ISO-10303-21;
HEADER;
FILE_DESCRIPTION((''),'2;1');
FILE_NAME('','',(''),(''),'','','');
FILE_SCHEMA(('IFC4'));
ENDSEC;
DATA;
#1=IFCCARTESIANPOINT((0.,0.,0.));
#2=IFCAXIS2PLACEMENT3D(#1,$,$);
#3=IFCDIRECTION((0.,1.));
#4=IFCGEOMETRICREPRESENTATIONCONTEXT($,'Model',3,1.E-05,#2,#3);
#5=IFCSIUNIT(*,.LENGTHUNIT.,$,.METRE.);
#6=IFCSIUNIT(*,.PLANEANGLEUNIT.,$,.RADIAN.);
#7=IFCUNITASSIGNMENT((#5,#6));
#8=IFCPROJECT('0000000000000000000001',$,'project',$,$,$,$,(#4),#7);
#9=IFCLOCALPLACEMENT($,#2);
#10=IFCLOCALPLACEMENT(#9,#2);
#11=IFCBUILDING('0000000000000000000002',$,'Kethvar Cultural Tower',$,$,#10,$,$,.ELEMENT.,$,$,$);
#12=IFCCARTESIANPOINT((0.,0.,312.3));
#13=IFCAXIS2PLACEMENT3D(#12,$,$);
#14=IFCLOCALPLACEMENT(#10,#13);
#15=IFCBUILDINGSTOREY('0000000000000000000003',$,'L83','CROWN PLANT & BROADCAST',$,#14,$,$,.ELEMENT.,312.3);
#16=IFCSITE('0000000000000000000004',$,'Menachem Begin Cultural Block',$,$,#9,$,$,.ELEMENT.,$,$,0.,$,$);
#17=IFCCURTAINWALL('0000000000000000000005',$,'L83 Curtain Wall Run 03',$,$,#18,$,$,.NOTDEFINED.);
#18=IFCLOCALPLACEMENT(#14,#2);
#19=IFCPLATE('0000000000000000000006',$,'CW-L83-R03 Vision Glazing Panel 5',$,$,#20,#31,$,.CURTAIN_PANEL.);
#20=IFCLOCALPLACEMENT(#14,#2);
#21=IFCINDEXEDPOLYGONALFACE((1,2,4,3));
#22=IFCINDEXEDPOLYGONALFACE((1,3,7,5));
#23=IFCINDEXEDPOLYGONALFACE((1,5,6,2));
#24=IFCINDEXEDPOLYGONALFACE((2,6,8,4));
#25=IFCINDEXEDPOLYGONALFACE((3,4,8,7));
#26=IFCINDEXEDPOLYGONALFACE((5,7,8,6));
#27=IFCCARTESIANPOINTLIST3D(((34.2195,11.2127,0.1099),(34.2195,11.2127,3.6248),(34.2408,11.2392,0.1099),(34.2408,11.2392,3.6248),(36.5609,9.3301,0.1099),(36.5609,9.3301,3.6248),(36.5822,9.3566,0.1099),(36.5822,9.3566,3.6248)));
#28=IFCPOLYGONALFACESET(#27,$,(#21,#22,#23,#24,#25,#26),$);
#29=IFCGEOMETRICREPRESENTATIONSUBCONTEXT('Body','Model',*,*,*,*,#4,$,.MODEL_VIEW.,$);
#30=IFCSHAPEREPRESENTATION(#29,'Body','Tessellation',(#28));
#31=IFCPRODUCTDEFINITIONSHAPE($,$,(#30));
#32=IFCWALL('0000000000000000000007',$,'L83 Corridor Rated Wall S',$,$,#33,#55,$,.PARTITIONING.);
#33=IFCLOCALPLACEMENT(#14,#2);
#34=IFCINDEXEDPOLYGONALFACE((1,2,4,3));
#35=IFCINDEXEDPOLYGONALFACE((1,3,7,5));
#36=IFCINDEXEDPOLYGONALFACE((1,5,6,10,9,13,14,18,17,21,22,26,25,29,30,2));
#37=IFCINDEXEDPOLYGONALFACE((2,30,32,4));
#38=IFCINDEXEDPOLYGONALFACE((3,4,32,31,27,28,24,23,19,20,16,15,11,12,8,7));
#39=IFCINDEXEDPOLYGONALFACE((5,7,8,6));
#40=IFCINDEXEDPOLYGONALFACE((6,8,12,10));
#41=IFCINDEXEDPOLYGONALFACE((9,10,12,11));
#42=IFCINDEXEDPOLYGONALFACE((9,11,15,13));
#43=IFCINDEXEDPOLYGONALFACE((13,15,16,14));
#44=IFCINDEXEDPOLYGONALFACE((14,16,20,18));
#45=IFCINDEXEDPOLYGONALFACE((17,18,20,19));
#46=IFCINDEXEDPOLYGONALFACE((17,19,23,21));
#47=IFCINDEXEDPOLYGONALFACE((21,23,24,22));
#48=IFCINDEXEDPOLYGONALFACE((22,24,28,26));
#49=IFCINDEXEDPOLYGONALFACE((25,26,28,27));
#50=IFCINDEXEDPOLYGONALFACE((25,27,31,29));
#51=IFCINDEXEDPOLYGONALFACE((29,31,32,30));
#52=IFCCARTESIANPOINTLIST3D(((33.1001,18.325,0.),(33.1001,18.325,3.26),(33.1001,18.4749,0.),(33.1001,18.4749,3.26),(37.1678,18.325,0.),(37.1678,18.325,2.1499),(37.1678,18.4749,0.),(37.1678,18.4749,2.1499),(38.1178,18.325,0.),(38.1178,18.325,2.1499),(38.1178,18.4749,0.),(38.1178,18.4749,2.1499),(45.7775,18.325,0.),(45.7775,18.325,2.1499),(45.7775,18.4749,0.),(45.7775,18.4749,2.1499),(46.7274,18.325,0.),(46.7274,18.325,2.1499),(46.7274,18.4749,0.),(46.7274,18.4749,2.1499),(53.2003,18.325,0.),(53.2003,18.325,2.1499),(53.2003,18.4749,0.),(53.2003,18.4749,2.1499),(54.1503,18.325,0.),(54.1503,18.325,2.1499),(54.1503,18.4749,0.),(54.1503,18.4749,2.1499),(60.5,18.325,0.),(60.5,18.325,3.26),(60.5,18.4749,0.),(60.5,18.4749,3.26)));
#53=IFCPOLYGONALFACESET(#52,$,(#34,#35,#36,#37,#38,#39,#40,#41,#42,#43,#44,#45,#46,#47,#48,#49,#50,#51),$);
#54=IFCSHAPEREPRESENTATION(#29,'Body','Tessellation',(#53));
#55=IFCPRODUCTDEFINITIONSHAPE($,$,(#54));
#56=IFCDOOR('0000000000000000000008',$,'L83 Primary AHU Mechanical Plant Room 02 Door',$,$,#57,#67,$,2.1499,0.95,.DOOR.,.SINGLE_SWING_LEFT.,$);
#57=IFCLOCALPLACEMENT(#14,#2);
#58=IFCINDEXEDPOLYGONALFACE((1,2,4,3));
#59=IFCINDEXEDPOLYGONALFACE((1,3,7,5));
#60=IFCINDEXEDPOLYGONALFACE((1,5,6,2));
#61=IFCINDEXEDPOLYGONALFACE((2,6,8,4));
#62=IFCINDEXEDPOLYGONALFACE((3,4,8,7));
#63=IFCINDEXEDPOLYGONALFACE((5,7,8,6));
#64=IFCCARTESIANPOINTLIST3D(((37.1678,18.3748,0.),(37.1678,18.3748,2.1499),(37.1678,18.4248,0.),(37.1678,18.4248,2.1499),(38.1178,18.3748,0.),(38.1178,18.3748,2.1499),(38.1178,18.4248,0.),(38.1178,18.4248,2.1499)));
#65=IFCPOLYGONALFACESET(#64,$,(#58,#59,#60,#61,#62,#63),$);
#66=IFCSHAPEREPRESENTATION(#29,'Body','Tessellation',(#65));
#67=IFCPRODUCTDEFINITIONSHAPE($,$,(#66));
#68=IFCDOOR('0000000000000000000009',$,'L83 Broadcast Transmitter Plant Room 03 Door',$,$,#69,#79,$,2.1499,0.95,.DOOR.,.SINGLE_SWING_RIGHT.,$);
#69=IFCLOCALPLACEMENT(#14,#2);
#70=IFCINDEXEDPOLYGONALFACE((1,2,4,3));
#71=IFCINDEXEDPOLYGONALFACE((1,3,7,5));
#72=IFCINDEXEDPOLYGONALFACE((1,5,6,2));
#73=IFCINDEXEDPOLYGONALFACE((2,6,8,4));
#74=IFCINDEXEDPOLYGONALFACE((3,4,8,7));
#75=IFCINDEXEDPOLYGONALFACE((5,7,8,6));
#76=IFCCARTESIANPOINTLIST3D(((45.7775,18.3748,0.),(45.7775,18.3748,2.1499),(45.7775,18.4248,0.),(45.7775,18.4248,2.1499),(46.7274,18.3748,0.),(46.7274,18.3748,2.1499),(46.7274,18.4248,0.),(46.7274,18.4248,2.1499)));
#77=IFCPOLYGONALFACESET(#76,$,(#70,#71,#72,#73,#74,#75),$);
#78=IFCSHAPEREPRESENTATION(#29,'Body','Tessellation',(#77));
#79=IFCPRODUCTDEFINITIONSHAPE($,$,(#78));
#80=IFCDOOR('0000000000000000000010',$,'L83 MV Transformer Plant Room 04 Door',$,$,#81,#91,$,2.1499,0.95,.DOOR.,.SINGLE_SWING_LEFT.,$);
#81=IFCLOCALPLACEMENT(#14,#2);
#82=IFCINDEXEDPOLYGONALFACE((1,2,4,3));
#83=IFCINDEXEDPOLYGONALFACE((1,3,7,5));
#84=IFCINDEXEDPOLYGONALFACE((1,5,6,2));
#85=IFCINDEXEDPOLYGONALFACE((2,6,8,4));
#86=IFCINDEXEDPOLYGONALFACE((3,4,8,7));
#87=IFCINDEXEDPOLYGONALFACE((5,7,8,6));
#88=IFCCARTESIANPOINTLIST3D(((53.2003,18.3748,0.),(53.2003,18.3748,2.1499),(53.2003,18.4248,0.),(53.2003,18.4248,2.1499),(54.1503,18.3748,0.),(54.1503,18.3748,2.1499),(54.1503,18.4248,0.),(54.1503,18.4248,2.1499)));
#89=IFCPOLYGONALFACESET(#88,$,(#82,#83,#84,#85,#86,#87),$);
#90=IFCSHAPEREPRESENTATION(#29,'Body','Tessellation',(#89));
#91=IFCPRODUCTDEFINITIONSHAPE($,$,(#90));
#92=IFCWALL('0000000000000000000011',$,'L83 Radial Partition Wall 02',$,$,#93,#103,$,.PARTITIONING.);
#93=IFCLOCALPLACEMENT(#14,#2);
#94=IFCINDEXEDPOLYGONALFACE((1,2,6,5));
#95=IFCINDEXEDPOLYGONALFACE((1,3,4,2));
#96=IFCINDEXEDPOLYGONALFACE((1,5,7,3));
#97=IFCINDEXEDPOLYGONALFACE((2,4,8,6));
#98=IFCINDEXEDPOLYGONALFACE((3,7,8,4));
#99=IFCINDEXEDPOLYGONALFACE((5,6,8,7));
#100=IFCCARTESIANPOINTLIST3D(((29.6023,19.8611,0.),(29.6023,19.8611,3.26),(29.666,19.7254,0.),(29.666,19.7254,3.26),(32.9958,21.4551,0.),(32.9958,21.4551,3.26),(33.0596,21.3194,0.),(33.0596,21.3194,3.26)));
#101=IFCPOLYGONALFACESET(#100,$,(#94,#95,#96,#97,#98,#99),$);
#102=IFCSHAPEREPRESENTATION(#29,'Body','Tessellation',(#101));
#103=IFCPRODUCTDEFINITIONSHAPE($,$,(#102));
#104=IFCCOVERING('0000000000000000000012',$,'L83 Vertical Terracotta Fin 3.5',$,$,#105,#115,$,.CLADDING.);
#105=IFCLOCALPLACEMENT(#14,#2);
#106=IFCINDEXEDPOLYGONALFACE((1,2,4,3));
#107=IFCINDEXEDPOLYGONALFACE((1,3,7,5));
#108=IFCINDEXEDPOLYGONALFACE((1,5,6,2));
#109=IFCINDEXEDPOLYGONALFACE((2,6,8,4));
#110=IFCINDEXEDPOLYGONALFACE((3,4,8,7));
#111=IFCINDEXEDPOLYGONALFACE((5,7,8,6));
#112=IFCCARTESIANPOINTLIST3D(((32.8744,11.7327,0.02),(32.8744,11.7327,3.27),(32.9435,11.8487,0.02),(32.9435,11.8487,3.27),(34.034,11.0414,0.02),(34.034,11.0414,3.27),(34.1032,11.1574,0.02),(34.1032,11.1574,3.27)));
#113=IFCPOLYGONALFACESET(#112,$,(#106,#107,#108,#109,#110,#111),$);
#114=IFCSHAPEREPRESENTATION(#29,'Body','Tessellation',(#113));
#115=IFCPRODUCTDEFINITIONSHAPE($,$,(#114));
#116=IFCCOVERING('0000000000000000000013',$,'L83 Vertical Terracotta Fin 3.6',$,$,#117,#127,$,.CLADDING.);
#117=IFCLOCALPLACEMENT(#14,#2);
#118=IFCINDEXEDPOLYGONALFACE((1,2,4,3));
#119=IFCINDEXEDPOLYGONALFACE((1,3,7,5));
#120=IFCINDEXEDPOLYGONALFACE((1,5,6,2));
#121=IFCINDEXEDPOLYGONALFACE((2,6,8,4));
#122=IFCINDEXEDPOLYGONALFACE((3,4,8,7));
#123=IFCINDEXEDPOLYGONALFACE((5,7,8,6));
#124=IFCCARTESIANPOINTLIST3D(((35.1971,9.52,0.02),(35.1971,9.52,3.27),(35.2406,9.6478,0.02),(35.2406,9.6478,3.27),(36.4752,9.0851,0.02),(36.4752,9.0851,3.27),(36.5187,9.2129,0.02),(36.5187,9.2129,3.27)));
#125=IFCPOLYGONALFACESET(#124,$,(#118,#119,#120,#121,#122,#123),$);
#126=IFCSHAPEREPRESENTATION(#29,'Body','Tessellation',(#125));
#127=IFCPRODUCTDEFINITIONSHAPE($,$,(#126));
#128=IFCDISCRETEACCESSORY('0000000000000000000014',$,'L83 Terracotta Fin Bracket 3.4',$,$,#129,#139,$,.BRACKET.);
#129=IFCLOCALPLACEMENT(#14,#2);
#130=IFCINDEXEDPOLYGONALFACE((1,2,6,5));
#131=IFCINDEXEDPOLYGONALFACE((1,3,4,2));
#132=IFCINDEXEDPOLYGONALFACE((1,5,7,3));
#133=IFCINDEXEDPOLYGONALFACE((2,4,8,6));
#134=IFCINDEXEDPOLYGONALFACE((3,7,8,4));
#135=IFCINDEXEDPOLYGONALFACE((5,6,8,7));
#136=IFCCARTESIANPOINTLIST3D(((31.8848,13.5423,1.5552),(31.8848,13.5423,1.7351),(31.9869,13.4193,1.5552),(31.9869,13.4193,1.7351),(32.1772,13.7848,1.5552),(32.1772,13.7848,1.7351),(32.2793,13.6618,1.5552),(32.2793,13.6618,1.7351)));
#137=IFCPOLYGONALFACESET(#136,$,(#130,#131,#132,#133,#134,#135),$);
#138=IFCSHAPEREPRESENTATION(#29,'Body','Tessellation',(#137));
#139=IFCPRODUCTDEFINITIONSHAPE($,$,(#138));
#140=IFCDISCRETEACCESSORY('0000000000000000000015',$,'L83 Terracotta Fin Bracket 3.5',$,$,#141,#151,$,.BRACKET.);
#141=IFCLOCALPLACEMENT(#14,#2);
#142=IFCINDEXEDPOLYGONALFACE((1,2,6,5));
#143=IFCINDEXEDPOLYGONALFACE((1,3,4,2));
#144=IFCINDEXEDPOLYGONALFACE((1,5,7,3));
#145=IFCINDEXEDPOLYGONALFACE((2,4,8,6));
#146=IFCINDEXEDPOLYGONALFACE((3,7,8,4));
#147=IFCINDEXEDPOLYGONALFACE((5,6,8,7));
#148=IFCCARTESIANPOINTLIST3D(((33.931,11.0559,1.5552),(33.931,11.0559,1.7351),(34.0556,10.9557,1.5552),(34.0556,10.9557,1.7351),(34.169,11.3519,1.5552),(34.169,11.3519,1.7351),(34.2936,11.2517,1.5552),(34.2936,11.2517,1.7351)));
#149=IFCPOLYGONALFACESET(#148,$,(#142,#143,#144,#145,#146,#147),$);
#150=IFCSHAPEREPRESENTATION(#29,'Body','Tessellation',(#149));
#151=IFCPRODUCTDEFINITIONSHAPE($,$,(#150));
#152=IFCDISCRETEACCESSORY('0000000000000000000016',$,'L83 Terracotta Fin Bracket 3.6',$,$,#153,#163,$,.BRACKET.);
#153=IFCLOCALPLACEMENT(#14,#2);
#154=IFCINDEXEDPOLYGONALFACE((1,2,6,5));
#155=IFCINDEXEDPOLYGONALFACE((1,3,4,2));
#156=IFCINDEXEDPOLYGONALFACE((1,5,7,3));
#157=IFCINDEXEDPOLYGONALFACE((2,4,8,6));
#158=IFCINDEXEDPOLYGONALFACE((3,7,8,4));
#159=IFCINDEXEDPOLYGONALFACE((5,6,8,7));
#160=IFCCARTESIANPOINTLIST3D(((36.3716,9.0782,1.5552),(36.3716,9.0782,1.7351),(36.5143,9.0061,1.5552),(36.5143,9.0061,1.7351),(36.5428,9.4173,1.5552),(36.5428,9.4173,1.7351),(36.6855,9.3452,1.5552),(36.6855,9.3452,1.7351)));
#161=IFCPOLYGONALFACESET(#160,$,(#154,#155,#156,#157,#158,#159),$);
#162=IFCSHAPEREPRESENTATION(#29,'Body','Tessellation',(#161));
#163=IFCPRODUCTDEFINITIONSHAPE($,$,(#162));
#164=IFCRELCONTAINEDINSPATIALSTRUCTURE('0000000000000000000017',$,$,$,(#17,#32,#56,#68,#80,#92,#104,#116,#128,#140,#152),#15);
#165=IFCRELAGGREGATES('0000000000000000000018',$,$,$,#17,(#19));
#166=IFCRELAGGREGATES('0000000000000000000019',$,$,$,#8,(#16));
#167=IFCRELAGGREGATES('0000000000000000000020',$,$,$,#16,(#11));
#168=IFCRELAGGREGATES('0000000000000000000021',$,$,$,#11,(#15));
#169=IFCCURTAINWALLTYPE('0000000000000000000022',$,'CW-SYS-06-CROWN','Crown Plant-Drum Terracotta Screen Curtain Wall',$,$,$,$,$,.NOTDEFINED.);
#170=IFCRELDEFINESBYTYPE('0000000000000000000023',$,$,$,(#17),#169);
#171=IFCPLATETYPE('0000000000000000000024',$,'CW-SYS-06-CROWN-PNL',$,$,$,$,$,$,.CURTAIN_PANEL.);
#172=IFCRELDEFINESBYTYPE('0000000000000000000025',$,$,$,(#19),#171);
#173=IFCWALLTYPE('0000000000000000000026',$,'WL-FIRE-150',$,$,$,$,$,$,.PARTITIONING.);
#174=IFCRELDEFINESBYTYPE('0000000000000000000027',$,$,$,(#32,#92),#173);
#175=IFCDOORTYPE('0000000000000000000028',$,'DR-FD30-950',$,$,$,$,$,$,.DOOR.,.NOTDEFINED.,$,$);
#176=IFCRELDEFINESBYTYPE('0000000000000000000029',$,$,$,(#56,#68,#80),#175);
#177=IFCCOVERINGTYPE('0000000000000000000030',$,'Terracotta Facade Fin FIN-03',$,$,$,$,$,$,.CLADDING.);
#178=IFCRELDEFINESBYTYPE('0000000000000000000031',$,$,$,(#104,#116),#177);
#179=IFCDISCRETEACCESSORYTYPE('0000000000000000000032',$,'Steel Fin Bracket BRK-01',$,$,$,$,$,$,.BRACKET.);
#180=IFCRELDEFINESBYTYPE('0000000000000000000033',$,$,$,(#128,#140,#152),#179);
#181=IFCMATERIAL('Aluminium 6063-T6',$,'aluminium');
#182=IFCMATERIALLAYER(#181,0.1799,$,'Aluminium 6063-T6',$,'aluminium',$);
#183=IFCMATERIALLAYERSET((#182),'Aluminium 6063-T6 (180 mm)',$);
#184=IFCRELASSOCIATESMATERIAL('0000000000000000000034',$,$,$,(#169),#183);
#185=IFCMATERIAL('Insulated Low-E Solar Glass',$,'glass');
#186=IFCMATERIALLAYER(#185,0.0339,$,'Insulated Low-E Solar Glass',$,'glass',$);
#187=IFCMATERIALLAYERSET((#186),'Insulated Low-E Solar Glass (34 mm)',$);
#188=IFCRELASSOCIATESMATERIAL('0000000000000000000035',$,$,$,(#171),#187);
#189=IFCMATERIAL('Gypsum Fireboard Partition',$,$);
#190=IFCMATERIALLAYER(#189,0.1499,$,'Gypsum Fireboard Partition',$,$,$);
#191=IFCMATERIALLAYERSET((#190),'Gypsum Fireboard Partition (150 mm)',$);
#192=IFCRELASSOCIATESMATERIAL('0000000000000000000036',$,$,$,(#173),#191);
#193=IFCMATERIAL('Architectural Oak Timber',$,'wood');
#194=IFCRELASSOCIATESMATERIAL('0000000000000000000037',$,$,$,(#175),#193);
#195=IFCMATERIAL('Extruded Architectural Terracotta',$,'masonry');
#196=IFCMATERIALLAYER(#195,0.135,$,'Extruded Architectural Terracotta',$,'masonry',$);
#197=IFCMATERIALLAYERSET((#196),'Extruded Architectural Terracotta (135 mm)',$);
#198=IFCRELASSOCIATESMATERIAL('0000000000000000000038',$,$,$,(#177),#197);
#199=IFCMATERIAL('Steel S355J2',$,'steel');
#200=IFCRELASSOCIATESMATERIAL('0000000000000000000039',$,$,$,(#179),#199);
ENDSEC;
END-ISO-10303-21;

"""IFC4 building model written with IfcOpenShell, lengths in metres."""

from ifc_helpers import new_model, si_unit, direction, frame, frame_2d, origin, origin_2d, place, context, subcontext, project, spatial, rectangle, extrude, source, transform, mapped, material, layer, layer_set, type_object, element, fill, aggregate, save


model = new_model("IFC4")

# Units and contexts
model_context = context("Model", 3, precision=1e-05, world=origin(), true_north=direction((0.0, 1.0)))
body_context = subcontext(model_context, "Body", "Model", "MODEL_VIEW")
ifc_project = project(units=[si_unit("LENGTHUNIT", "METRE"), si_unit("PLANEANGLEUNIT", "RADIAN")], contexts=[model_context])

# Site, building, storey
site_placement = place(None, origin())
site = spatial("IfcSite", under=ifc_project, at=site_placement, Name="Menachem Begin Cultural Block", CompositionType="ELEMENT", RefElevation=0.0)
building_placement = place(site_placement, origin())
building = spatial("IfcBuilding", under=site, at=building_placement, Name="Kethvar Cultural Tower", CompositionType="ELEMENT")
storey_placement = place(building_placement, frame((0.0, 0.0, 312.3)))
storey = spatial("IfcBuildingStorey", under=building, at=storey_placement, Name="L83", Description="CROWN PLANT & BROADCAST", CompositionType="ELEMENT", Elevation=312.3)

# Shared definitions
ifc_material_1 = material(Name="Steel S355J2", Category="steel")

# Curtain wall, plate
ifc_material_2 = material(Name="Aluminium 6063-T6", Category="aluminium")
ifc_layer_1 = layer(ifc_material_2, 0.1799, Name="Aluminium 6063-T6", Category="aluminium")
ifc_layer_set_1 = layer_set([ifc_layer_1], Name="Aluminium 6063-T6 (180 mm)")
curtain_wall_type = type_object("IfcCurtainWallType", Name="CW-SYS-06-CROWN", Description="Crown Plant-Drum Terracotta Screen Curtain Wall", PredefinedType="NOTDEFINED", material=ifc_layer_set_1)
curtain_wall_placement = place(storey_placement, origin())
curtain_wall = element("IfcCurtainWall", 1, at=curtain_wall_placement, inside=storey, type_object=curtain_wall_type, Name="L83 Curtain Wall Run 03", PredefinedType="NOTDEFINED")
ifc_material_3 = material(Name="Insulated Low-E Solar Glass", Category="glass")
ifc_layer_2 = layer(ifc_material_3, 0.0339, Name="Insulated Low-E Solar Glass", Category="glass")
ifc_layer_set_2 = layer_set([ifc_layer_2], Name="Insulated Low-E Solar Glass (34 mm)")
plate_type = type_object("IfcPlateType", Name="CW-SYS-06-CROWN-PNL", PredefinedType="CURTAIN_PANEL", material=ifc_layer_set_2)
shared_shape_1 = source(origin(), body_context, "Body", "SweptSolid", [
    extrude(rectangle(XDim=3.0044, YDim=0.0339, at=origin_2d()), origin(), (0.0, 0.0, 1.0), 3.5149),
])
plate_1_placement = place(storey_placement, frame((35.4009, 10.2847, 0.1099), z_axis=(0.0, 0.0, 1.0), x_axis=(0.779327, -0.626617, 0.0)))
plate_1 = element("IfcPlate", 2, at=plate_1_placement, type_object=plate_type, Name="CW-L83-R03 Vision Glazing Panel 5", PredefinedType="CURTAIN_PANEL", context=body_context, shape_type="MappedRepresentation", body=[
    mapped(shared_shape_1, transform((0.0, 0.0, 0.0), scale=1.0)),
])
aggregate(curtain_wall, [plate_1])

# Wall, openings, doors
ifc_material_4 = material(Name="Gypsum Fireboard Partition")
ifc_layer_3 = layer(ifc_material_4, 0.1499, Name="Gypsum Fireboard Partition")
ifc_layer_set_3 = layer_set([ifc_layer_3], Name="Gypsum Fireboard Partition (150 mm)")
wall_type = type_object("IfcWallType", Name="WL-FIRE-150", PredefinedType="PARTITIONING", material=ifc_layer_set_3)
wall_1_placement = place(storey_placement, frame((33.1001, 18.3999, 0.0), z_axis=(0.0, 0.0, 1.0), x_axis=(1.0, 0.0, 0.0)))
wall_1 = element("IfcWall", 3, at=wall_1_placement, inside=storey, type_object=wall_type, Name="L83 Corridor Rated Wall S", PredefinedType="PARTITIONING", context=body_context, shape_type="SweptSolid", body=[
    extrude(rectangle(XDim=27.3999, YDim=0.1499, at=frame_2d((13.7, 0.0))), origin(), (0.0, 0.0, 1.0), 3.26),
])
opening_1_placement = place(wall_1_placement, frame((4.0676, 0.0, 0.0)))
opening_1 = element("IfcOpeningElement", 4, at=opening_1_placement, cuts=wall_1, PredefinedType="OPENING", context=body_context, shape_type="SweptSolid", body=[
    extrude(rectangle(XDim=0.95, YDim=2.1499, at=frame_2d((0.4751, 1.075))), frame((0.0, 0.085, 0.0), z_axis=(0.0, -1.0, 0.0), x_axis=(1.0, 0.0, 0.0)), (0.0, 0.0, 1.0), 0.1699),
])
opening_2_placement = place(wall_1_placement, frame((12.6772, 0.0, 0.0)))
opening_2 = element("IfcOpeningElement", 5, at=opening_2_placement, cuts=wall_1, PredefinedType="OPENING", context=body_context, shape_type="SweptSolid", body=[
    extrude(rectangle(XDim=0.95, YDim=2.1499, at=frame_2d((0.4751, 1.075))), frame((0.0, 0.085, 0.0), z_axis=(0.0, -1.0, 0.0), x_axis=(1.0, 0.0, 0.0)), (0.0, 0.0, 1.0), 0.1699),
])
opening_3_placement = place(wall_1_placement, frame((20.1001, 0.0, 0.0)))
opening_3 = element("IfcOpeningElement", 6, at=opening_3_placement, cuts=wall_1, PredefinedType="OPENING", context=body_context, shape_type="SweptSolid", body=[
    extrude(rectangle(XDim=0.95, YDim=2.1499, at=frame_2d((0.4751, 1.075))), frame((0.0, 0.085, 0.0), z_axis=(0.0, -1.0, 0.0), x_axis=(1.0, 0.0, 0.0)), (0.0, 0.0, 1.0), 0.1699),
])
ifc_material_5 = material(Name="Architectural Oak Timber", Category="wood")
door_type = type_object("IfcDoorType", Name="DR-FD30-950", OperationType="NOTDEFINED", PredefinedType="DOOR", material=ifc_material_5)
shared_shape_2 = source(origin(), body_context, "Body", "SweptSolid", [
    extrude(rectangle(XDim=0.95, YDim=2.1499, at=frame_2d((0.4751, 1.075))), frame((0.0, 0.0249, 0.0), z_axis=(0.0, -1.0, 0.0), x_axis=(1.0, 0.0, 0.0)), (0.0, 0.0, 1.0), 0.05),
])
door_1_placement = place(opening_1_placement, origin())
door_1 = element("IfcDoor", 7, at=door_1_placement, inside=storey, type_object=door_type, Name="L83 Primary AHU Mechanical Plant Room 02 Door", OperationType="SINGLE_SWING_LEFT", OverallHeight=2.1499, OverallWidth=0.95, PredefinedType="DOOR", context=body_context, shape_type="MappedRepresentation", body=[
    mapped(shared_shape_2, transform((0.0, 0.0, 0.0), scale=1.0)),
])
fill(opening_1, door_1)
door_2_placement = place(opening_2_placement, origin())
door_2 = element("IfcDoor", 8, at=door_2_placement, inside=storey, type_object=door_type, Name="L83 Broadcast Transmitter Plant Room 03 Door", OperationType="SINGLE_SWING_RIGHT", OverallHeight=2.1499, OverallWidth=0.95, PredefinedType="DOOR", context=body_context, shape_type="MappedRepresentation", body=[
    mapped(shared_shape_2, transform((0.0, 0.0, 0.0), scale=1.0)),
])
fill(opening_2, door_2)
door_3_placement = place(opening_3_placement, origin())
door_3 = element("IfcDoor", 9, at=door_3_placement, inside=storey, type_object=door_type, Name="L83 MV Transformer Plant Room 04 Door", OperationType="SINGLE_SWING_LEFT", OverallHeight=2.1499, OverallWidth=0.95, PredefinedType="DOOR", context=body_context, shape_type="MappedRepresentation", body=[
    mapped(shared_shape_2, transform((0.0, 0.0, 0.0), scale=1.0)),
])
fill(opening_3, door_3)

# Wall
wall_2_placement = place(storey_placement, frame((33.0276, 21.3872, 0.0), z_axis=(0.0, 0.0, 1.0), x_axis=(-0.905124, -0.425148, 0.0)))
element("IfcWall", 10, at=wall_2_placement, inside=storey, type_object=wall_type, Name="L83 Radial Partition Wall 02", PredefinedType="PARTITIONING", context=body_context, shape_type="SweptSolid", body=[
    extrude(rectangle(XDim=3.7493, YDim=0.1499, at=frame_2d((1.8745, 0.0))), origin(), (0.0, 0.0, 1.0), 3.26),
])

# Coverings
ifc_material_6 = material(Name="Extruded Architectural Terracotta", Category="masonry")
ifc_layer_4 = layer(ifc_material_6, 0.135, Name="Extruded Architectural Terracotta", Category="masonry")
ifc_layer_set_4 = layer_set([ifc_layer_4], Name="Extruded Architectural Terracotta (135 mm)")
covering_type = type_object("IfcCoveringType", Name="Terracotta Facade Fin FIN-03", PredefinedType="CLADDING", material=ifc_layer_set_4)
shared_shape_3 = source(origin(), body_context, "Body", "SweptSolid", [
    extrude(rectangle(XDim=1.3501, YDim=0.135, at=origin_2d()), origin(), (0.0, 0.0, 1.0), 3.25),
])
for number, where, z_axis, x_axis, name in (
    (11, (33.4888, 11.4451, 0.02), (0.0, 0.0, 1.0), (-0.85896, 0.512043, 0.0), "L83 Vertical Terracotta Fin 3.5"),
    (12, (35.8579, 9.3665, 0.02), (0.0, 0.0, 1.0), (-0.946705, 0.3221, 0.0), "L83 Vertical Terracotta Fin 3.6"),
):
    element("IfcCovering", number, at=place(storey_placement, frame(where, z_axis=z_axis, x_axis=x_axis)), inside=storey, type_object=covering_type, Name=name, PredefinedType="CLADDING", context=body_context, shape_type="MappedRepresentation", body=[
        mapped(shared_shape_3, transform((0.0, 0.0, 0.0), scale=1.0)),
    ])

# Discrete accessories
discrete_accessory_type = type_object("IfcDiscreteAccessoryType", Name="Steel Fin Bracket BRK-01", PredefinedType="BRACKET", material=ifc_material_1)
shared_shape_4 = source(origin(), body_context, "Body", "SweptSolid", [
    extrude(rectangle(XDim=0.3799, YDim=0.1599, at=origin_2d()), origin(), (0.0, 0.0, 1.0), 0.1799),
])
for number, where, z_axis, x_axis, name in (
    (13, (32.082, 13.6021, 1.5552), (0.0, 0.0, 1.0), (-0.769734, -0.638365, 0.0), "L83 Terracotta Fin Bracket 3.4"),
    (14, (34.1123, 11.1538, 1.5552), (0.0, 0.0, 1.0), (-0.626604, -0.779338, 0.0), "L83 Terracotta Fin Bracket 3.5"),
    (15, (36.5286, 9.2117, 1.5552), (0.0, 0.0, 1.0), (-0.450722, -0.892664, 0.0), "L83 Terracotta Fin Bracket 3.6"),
):
    element("IfcDiscreteAccessory", number, at=place(storey_placement, frame(where, z_axis=z_axis, x_axis=x_axis)), inside=storey, type_object=discrete_accessory_type, Name=name, PredefinedType="BRACKET", context=body_context, shape_type="MappedRepresentation", body=[
        mapped(shared_shape_4, transform((0.0, 0.0, 0.0), scale=1.0)),
    ])

save(model, "model.ifc")
